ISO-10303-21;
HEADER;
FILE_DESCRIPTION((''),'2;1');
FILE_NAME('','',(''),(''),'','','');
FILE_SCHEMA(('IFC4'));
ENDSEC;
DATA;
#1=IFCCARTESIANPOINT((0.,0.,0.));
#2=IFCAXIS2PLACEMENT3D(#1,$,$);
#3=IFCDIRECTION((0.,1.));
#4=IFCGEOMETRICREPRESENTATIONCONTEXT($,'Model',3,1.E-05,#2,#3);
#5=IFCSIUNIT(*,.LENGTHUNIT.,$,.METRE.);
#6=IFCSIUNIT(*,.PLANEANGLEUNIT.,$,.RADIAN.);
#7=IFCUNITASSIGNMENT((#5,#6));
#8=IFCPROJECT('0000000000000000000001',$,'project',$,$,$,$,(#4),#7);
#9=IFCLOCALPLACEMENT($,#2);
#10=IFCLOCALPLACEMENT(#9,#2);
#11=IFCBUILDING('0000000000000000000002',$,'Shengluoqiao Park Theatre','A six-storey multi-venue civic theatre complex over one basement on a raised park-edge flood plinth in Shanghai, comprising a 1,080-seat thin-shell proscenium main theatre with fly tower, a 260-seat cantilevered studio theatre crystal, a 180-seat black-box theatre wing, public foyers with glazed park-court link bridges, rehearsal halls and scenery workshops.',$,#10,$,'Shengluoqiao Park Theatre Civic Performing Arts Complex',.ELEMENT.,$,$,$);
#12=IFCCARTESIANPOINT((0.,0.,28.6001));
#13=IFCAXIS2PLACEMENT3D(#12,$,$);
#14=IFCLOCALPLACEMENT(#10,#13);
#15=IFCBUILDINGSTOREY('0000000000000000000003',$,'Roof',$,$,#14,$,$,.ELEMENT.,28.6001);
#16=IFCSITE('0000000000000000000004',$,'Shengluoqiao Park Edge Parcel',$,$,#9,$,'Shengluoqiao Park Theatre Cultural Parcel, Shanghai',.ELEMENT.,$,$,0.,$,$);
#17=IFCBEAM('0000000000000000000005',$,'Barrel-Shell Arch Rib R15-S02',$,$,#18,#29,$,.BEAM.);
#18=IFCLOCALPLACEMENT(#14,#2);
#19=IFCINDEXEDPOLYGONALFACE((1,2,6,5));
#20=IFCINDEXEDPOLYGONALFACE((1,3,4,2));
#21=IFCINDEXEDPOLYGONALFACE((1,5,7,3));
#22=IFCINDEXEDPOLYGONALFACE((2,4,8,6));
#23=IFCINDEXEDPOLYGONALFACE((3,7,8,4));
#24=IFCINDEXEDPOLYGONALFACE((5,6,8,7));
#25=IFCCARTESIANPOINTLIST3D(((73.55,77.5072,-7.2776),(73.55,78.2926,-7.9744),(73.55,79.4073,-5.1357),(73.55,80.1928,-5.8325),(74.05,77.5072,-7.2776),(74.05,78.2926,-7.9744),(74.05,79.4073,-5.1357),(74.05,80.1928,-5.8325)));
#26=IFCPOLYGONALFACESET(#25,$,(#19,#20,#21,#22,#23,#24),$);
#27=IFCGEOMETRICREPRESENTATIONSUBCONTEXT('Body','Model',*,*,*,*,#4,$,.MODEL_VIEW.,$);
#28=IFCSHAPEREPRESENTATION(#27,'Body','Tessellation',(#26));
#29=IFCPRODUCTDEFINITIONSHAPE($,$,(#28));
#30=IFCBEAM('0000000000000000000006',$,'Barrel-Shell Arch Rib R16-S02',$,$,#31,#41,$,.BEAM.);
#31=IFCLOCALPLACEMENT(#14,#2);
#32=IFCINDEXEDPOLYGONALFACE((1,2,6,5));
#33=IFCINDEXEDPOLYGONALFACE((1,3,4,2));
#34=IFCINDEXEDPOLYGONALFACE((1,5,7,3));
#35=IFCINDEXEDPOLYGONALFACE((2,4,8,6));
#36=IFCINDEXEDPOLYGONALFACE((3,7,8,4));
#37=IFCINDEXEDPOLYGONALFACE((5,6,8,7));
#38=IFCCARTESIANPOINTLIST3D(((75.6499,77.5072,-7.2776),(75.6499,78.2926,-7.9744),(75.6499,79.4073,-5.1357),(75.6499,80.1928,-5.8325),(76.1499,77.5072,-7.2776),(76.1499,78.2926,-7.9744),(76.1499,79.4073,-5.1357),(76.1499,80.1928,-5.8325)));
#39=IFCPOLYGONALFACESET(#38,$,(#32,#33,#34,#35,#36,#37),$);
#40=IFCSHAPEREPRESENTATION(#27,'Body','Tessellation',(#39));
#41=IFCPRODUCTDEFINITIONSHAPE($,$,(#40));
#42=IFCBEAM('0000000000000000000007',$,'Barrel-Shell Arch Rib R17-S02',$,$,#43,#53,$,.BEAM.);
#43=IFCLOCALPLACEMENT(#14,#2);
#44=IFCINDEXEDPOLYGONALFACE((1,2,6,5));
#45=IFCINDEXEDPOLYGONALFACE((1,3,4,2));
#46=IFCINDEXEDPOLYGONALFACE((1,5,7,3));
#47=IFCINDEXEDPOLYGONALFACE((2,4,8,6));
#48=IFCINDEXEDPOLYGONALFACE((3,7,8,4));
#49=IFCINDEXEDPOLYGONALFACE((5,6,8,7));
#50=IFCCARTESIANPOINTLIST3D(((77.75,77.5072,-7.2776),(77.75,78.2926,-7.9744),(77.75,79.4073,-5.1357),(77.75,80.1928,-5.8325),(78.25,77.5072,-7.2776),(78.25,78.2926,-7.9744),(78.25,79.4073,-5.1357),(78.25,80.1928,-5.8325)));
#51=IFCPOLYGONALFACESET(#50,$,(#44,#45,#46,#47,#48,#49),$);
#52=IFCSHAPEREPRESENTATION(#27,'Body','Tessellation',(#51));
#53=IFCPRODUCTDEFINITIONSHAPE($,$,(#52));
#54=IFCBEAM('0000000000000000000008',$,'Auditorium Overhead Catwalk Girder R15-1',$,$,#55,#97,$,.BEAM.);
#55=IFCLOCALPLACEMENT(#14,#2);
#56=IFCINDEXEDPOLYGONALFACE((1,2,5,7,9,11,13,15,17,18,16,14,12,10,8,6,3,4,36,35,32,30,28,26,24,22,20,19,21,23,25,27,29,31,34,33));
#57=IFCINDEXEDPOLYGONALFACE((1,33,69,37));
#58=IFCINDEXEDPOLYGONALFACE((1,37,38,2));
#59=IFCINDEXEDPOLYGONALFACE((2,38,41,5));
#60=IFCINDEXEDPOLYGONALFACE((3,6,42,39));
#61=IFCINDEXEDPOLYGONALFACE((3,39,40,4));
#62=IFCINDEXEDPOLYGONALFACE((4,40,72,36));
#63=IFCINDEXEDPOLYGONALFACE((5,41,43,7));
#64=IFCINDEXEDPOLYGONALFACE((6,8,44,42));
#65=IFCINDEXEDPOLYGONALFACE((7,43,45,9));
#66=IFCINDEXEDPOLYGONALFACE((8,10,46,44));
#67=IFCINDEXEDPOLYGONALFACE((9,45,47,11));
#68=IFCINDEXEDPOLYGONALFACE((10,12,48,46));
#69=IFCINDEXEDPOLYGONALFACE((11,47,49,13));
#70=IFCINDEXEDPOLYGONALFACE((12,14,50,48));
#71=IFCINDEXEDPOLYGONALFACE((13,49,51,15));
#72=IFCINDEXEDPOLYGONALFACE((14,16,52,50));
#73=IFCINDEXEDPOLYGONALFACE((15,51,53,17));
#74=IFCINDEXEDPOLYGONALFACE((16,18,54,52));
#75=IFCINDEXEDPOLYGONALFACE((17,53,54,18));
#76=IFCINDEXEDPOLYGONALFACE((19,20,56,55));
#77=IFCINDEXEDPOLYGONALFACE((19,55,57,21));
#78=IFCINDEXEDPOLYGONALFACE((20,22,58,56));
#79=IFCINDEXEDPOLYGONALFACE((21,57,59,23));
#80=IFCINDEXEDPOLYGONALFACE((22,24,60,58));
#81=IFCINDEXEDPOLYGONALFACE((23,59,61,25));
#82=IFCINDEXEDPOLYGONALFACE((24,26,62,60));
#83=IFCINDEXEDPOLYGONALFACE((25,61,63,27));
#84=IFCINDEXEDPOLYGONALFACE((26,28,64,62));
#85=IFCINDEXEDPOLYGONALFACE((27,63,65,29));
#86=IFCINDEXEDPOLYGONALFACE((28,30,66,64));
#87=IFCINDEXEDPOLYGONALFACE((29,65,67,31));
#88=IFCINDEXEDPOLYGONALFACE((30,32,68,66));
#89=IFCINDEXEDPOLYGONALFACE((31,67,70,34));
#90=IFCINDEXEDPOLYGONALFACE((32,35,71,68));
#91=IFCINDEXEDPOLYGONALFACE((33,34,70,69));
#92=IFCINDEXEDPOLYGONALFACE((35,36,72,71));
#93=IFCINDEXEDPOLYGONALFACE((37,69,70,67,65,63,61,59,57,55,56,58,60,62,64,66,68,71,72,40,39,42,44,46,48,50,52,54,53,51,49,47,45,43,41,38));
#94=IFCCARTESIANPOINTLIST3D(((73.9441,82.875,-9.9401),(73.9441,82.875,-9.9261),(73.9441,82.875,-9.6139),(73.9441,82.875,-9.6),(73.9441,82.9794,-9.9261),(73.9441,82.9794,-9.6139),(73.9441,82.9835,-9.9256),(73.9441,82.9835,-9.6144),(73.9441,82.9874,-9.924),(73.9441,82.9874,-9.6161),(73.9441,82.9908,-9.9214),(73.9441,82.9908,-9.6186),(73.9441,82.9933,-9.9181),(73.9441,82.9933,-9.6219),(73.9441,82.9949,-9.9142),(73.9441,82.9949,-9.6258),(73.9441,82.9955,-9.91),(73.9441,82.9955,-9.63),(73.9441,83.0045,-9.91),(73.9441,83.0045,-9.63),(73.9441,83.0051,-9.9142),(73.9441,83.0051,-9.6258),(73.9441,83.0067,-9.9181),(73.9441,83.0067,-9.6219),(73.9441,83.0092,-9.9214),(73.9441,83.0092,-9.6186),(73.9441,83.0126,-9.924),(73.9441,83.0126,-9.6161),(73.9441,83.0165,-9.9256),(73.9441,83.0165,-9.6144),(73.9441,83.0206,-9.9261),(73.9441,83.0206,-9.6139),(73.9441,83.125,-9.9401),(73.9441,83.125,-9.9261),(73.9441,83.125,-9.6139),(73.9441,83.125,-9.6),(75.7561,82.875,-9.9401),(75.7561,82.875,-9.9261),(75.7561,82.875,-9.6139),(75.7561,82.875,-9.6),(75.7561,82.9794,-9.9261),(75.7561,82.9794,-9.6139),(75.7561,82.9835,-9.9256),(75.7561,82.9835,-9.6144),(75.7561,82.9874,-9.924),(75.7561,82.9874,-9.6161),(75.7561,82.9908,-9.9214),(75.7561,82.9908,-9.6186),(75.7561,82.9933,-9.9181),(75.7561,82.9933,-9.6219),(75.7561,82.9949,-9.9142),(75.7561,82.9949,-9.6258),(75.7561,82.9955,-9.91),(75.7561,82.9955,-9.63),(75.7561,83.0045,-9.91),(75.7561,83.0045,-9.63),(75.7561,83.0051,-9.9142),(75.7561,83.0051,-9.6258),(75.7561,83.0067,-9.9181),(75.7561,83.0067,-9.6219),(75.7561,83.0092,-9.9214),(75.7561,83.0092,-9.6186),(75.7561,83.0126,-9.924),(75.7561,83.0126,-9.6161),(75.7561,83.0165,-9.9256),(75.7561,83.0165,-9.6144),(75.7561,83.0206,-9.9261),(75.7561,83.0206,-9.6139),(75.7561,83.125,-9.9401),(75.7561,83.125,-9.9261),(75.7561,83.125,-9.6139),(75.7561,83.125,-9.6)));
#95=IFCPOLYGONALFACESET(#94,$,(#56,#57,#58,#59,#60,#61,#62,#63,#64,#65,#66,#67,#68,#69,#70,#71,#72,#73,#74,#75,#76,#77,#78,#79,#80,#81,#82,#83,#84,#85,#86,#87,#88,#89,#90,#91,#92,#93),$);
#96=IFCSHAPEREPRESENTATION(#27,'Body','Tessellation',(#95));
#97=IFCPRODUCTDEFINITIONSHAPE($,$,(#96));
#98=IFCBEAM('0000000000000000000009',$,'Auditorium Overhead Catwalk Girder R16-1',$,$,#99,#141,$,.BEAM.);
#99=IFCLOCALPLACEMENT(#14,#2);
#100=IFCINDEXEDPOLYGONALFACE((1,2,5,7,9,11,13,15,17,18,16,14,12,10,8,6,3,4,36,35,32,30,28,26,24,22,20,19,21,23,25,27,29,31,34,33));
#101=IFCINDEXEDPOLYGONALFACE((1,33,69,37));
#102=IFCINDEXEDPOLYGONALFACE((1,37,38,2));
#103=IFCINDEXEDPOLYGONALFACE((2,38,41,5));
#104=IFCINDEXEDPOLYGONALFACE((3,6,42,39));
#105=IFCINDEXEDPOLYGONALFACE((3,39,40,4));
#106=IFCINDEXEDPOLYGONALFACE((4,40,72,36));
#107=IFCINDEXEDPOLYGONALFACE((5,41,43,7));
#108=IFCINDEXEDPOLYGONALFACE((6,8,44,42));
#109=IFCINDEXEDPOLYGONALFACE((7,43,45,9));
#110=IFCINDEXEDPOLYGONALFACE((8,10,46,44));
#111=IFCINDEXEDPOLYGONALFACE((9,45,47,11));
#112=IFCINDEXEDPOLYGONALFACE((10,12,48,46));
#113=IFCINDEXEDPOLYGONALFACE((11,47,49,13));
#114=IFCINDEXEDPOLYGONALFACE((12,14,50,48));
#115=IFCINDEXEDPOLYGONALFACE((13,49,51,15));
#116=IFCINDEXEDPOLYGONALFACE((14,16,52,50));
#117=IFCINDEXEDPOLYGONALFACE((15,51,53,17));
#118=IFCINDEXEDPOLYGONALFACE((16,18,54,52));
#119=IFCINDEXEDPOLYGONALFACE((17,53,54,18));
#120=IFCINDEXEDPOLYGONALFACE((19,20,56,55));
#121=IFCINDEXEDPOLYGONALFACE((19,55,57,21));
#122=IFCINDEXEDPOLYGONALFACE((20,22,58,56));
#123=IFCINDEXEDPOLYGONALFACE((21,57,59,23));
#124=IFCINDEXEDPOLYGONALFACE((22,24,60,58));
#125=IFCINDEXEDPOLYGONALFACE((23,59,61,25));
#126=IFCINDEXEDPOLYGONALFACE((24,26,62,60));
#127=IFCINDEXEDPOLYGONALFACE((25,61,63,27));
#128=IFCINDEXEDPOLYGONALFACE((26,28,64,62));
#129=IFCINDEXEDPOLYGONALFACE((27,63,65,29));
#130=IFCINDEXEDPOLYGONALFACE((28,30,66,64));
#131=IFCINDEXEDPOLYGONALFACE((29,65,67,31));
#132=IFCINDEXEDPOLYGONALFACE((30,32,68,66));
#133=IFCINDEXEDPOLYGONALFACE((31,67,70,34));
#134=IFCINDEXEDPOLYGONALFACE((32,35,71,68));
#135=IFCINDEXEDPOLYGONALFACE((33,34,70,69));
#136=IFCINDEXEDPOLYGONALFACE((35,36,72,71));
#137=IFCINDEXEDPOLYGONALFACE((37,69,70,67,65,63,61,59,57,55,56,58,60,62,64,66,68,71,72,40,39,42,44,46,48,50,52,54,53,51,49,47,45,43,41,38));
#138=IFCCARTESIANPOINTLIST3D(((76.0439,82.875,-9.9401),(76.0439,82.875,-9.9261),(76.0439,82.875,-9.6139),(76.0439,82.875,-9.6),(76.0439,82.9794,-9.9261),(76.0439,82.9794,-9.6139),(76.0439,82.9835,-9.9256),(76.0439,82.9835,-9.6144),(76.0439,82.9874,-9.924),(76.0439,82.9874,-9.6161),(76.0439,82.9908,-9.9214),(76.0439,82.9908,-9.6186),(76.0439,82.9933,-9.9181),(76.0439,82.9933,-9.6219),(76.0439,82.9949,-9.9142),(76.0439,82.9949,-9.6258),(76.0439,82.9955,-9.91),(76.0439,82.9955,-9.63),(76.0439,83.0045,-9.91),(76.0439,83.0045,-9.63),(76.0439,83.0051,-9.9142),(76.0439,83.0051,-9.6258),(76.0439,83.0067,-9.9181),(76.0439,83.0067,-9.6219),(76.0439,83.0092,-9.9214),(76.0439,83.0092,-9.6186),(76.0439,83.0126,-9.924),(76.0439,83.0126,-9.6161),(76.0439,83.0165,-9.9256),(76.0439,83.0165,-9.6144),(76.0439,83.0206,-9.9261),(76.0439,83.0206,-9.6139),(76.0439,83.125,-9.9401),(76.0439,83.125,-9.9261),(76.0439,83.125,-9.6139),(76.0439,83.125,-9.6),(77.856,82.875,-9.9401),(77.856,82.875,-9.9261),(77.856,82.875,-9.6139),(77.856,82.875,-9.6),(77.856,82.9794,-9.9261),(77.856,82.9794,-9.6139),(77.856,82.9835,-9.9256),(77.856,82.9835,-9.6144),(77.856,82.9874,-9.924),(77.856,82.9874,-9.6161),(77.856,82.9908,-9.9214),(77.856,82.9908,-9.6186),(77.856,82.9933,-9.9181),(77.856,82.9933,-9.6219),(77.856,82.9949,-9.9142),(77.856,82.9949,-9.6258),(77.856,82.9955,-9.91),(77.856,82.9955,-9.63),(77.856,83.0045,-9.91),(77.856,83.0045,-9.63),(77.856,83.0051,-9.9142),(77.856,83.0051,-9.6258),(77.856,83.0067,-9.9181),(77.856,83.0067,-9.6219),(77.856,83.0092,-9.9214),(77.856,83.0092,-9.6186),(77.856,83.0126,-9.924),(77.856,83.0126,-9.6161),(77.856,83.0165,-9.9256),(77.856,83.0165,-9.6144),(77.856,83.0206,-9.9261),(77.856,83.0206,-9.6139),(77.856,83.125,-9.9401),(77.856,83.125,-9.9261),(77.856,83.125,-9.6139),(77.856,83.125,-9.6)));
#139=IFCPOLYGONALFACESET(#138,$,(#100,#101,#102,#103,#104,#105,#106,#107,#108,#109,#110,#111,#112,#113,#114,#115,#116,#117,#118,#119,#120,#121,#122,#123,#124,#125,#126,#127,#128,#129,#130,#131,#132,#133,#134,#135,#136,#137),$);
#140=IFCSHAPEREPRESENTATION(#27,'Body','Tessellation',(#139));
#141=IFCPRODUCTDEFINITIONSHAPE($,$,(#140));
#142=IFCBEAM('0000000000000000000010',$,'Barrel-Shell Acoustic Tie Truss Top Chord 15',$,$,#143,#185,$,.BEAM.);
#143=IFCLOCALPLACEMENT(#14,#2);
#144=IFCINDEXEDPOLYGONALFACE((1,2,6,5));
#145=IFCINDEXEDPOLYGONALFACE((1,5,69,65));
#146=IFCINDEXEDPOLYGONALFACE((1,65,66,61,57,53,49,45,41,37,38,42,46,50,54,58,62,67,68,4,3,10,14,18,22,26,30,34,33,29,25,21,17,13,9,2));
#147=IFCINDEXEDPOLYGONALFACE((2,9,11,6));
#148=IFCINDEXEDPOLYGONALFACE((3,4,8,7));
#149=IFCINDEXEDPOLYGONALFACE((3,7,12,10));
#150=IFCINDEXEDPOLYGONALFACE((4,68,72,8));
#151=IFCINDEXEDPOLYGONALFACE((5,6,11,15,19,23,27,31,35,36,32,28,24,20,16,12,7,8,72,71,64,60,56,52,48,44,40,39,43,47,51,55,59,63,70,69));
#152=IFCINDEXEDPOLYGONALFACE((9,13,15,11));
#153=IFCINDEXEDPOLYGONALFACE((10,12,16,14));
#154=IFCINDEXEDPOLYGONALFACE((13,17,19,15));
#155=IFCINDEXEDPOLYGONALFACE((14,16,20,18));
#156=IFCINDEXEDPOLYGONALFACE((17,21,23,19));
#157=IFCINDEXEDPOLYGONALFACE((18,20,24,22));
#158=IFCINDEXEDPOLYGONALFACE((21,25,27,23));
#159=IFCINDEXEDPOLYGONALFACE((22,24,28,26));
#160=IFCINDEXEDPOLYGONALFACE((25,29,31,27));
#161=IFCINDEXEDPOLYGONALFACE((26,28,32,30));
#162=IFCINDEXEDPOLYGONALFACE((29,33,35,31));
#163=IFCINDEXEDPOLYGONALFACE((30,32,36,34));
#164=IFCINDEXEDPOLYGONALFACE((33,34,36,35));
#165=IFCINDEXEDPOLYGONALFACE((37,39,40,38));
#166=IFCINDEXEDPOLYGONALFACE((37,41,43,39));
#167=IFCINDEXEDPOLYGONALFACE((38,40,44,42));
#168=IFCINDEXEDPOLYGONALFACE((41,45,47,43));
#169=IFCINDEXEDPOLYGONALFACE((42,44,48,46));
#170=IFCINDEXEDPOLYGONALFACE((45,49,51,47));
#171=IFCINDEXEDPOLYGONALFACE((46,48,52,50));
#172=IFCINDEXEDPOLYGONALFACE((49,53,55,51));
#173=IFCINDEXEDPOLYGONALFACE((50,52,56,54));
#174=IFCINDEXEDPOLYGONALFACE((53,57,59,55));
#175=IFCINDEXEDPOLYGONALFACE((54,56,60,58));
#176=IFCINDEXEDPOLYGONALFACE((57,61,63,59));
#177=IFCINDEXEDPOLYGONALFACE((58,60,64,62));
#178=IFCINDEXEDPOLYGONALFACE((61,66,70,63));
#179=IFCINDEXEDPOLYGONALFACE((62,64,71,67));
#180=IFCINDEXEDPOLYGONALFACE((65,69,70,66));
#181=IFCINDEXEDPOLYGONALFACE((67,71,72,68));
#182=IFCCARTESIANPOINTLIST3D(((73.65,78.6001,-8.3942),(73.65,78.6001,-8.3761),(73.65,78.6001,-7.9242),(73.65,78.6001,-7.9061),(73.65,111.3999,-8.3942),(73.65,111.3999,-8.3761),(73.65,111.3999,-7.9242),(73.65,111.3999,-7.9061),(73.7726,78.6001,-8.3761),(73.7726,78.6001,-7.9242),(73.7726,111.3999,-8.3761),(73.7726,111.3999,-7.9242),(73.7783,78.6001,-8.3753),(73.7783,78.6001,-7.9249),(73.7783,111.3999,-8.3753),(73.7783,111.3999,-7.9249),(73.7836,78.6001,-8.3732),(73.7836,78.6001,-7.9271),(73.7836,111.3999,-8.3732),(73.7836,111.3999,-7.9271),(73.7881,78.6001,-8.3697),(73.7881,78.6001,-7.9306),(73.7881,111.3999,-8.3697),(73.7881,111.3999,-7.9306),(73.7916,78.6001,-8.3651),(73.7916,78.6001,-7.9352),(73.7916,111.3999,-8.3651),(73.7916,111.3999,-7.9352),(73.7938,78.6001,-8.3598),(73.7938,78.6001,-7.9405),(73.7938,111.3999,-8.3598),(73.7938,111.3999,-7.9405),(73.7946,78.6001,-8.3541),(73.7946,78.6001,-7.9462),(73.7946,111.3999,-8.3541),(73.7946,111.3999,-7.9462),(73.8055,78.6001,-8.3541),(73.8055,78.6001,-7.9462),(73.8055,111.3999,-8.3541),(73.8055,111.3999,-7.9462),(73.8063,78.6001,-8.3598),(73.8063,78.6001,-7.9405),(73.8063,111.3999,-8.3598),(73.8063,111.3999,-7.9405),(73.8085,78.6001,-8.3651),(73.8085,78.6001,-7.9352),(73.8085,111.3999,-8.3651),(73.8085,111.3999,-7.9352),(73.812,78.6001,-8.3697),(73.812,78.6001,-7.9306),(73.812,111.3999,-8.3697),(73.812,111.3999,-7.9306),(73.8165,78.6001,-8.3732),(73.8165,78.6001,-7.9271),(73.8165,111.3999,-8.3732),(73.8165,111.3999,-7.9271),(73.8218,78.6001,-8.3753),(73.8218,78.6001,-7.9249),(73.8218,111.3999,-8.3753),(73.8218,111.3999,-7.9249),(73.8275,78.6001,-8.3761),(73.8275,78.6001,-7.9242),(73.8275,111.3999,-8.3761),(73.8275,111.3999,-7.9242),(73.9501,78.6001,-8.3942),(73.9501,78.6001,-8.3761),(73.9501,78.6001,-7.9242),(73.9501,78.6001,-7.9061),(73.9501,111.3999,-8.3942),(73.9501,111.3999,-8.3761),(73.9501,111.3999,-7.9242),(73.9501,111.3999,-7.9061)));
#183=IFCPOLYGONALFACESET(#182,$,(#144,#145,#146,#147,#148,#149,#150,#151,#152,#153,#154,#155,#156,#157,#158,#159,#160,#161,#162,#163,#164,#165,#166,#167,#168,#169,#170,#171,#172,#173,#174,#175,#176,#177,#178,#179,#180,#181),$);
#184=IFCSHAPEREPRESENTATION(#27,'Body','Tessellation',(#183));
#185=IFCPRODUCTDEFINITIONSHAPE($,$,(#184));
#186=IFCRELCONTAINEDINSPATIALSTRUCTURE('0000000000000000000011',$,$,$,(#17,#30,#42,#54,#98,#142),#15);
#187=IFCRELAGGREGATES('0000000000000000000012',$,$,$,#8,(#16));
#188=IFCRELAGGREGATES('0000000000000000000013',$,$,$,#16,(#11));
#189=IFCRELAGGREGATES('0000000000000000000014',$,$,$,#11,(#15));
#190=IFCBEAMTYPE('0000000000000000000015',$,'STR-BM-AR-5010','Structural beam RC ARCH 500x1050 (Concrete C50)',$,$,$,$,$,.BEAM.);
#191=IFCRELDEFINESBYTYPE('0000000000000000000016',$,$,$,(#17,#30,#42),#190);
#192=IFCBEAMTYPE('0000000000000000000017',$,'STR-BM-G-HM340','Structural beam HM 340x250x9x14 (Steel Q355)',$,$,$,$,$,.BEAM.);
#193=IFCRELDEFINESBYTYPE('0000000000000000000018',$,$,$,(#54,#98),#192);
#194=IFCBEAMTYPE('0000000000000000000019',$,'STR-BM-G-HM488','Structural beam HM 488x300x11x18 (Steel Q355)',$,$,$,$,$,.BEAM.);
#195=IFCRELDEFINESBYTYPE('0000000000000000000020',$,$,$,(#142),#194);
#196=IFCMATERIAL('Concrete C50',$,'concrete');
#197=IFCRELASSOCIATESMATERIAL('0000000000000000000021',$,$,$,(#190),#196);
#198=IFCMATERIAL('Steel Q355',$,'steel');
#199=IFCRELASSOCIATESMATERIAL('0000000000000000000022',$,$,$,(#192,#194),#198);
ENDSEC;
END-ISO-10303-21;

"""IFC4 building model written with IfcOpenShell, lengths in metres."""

from ifc_helpers import new_model, si_unit, direction, frame, origin, origin_2d, place, context, subcontext, project, spatial, rectangle, i_section, extrude, material, material_profile, profile_set, type_object, element, save


model = new_model("IFC4")

# Units and contexts
model_context = context("Model", 3, precision=1e-05, world=origin(), true_north=direction((0.0, 1.0)))
body_context = subcontext(model_context, "Body", "Model", "MODEL_VIEW")
ifc_project = project(units=[si_unit("LENGTHUNIT", "METRE"), si_unit("PLANEANGLEUNIT", "RADIAN")], contexts=[model_context])

# Site, building, storey
site_placement = place(None, origin())
site = spatial("IfcSite", under=ifc_project, at=site_placement, Name="Shengluoqiao Park Edge Parcel", LongName="Shengluoqiao Park Theatre Cultural Parcel, Shanghai", CompositionType="ELEMENT", RefElevation=0.0)
building_placement = place(site_placement, origin())
building = spatial("IfcBuilding", under=site, at=building_placement, Name="Shengluoqiao Park Theatre", Description="A six-storey multi-venue civic theatre complex over one basement on a raised park-edge flood plinth in Shanghai, comprising a 1,080-seat thin-shell proscenium main theatre with fly tower, a 260-seat cantilevered studio theatre crystal, a 180-seat black-box theatre wing, public foyers with glazed park-court link bridges, rehearsal halls and scenery workshops.", LongName="Shengluoqiao Park Theatre Civic Performing Arts Complex", CompositionType="ELEMENT")
storey_placement = place(building_placement, frame((0.0, 0.0, 28.6001)))
storey = spatial("IfcBuildingStorey", under=building, at=storey_placement, Name="Roof", CompositionType="ELEMENT", Elevation=28.6001)

# Beams
ifc_material_1 = material(Name="Concrete C50", Category="concrete")
ifc_material_profile_1 = material_profile(ifc_material_1, rectangle(XDim=0.5, YDim=1.05, at=origin_2d()), Name="RC ARCH 500x1050")
ifc_profile_set_1 = profile_set([ifc_material_profile_1], Name="Concrete C50")
beam_type_1 = type_object("IfcBeamType", Name="STR-BM-AR-5010", Description="Structural beam RC ARCH 500x1050 (Concrete C50)", PredefinedType="BEAM", material=ifc_profile_set_1)
for number, where, z_axis, x_axis, name in (
    (1, (73.8, 77.8999, -7.626), (0.0, 0.663638, 0.748053), (-1.0, 0.0, 0.0), "Barrel-Shell Arch Rib R15-S02"),
    (2, (75.8999, 77.8999, -7.626), (0.0, 0.663638, 0.748053), (-1.0, 0.0, 0.0), "Barrel-Shell Arch Rib R16-S02"),
    (3, (78.0, 77.8999, -7.626), (0.0, 0.663638, 0.748053), (-1.0, 0.0, 0.0), "Barrel-Shell Arch Rib R17-S02"),
):
    element("IfcBeam", number, at=place(storey_placement, frame(where, z_axis=z_axis, x_axis=x_axis)), inside=storey, type_object=beam_type_1, Name=name, PredefinedType="BEAM", context=body_context, shape_type="SweptSolid", body=[
        extrude(rectangle(XDim=0.5, YDim=1.05, at=origin_2d()), origin(), (0.0, 0.0, 1.0), 2.8633),
    ])
ifc_material_2 = material(Name="Steel Q355", Category="steel")
ifc_material_profile_2 = material_profile(ifc_material_2, i_section(OverallWidth=0.25, OverallDepth=0.3401, WebThickness=0.009, FlangeThickness=0.0139, FilletRadius=0.0161, at=origin_2d()), Name="HM 340x250x9x14")
ifc_profile_set_2 = profile_set([ifc_material_profile_2], Name="Steel Q355")
beam_type_2 = type_object("IfcBeamType", Name="STR-BM-G-HM340", Description="Structural beam HM 340x250x9x14 (Steel Q355)", PredefinedType="BEAM", material=ifc_profile_set_2)
for number, where, z_axis, x_axis, name in (
    (4, (73.9441, 83.0, -9.77), (1.0, 0.0, 0.0), (0.0, 1.0, 0.0), "Auditorium Overhead Catwalk Girder R15-1"),
    (5, (76.0439, 83.0, -9.77), (1.0, 0.0, 0.0), (0.0, 1.0, 0.0), "Auditorium Overhead Catwalk Girder R16-1"),
):
    element("IfcBeam", number, at=place(storey_placement, frame(where, z_axis=z_axis, x_axis=x_axis)), inside=storey, type_object=beam_type_2, Name=name, PredefinedType="BEAM", context=body_context, shape_type="SweptSolid", body=[
        extrude(i_section(OverallWidth=0.25, OverallDepth=0.3401, WebThickness=0.009, FlangeThickness=0.0139, FilletRadius=0.0161, at=origin_2d()), origin(), (0.0, 0.0, 1.0), 1.812),
    ])
ifc_material_profile_3 = material_profile(ifc_material_2, i_section(OverallWidth=0.3, OverallDepth=0.488, WebThickness=0.011, FlangeThickness=0.0181, FilletRadius=0.022, at=origin_2d()), Name="HM 488x300x11x18")
ifc_profile_set_3 = profile_set([ifc_material_profile_3], Name="Steel Q355")
beam_type_3 = type_object("IfcBeamType", Name="STR-BM-G-HM488", Description="Structural beam HM 488x300x11x18 (Steel Q355)", PredefinedType="BEAM", material=ifc_profile_set_3)
for number, where, z_axis, x_axis, name in (
    (6, (73.8, 78.6001, -8.1501), (0.0, 1.0, 0.0), (-1.0, 0.0, 0.0), "Barrel-Shell Acoustic Tie Truss Top Chord 15"),
):
    element("IfcBeam", number, at=place(storey_placement, frame(where, z_axis=z_axis, x_axis=x_axis)), inside=storey, type_object=beam_type_3, Name=name, PredefinedType="BEAM", context=body_context, shape_type="SweptSolid", body=[
        extrude(i_section(OverallWidth=0.3, OverallDepth=0.488, WebThickness=0.011, FlangeThickness=0.0181, FilletRadius=0.022, at=origin_2d()), origin(), (0.0, 0.0, 1.0), 32.7998),
    ])

save(model, "model.ifc")
